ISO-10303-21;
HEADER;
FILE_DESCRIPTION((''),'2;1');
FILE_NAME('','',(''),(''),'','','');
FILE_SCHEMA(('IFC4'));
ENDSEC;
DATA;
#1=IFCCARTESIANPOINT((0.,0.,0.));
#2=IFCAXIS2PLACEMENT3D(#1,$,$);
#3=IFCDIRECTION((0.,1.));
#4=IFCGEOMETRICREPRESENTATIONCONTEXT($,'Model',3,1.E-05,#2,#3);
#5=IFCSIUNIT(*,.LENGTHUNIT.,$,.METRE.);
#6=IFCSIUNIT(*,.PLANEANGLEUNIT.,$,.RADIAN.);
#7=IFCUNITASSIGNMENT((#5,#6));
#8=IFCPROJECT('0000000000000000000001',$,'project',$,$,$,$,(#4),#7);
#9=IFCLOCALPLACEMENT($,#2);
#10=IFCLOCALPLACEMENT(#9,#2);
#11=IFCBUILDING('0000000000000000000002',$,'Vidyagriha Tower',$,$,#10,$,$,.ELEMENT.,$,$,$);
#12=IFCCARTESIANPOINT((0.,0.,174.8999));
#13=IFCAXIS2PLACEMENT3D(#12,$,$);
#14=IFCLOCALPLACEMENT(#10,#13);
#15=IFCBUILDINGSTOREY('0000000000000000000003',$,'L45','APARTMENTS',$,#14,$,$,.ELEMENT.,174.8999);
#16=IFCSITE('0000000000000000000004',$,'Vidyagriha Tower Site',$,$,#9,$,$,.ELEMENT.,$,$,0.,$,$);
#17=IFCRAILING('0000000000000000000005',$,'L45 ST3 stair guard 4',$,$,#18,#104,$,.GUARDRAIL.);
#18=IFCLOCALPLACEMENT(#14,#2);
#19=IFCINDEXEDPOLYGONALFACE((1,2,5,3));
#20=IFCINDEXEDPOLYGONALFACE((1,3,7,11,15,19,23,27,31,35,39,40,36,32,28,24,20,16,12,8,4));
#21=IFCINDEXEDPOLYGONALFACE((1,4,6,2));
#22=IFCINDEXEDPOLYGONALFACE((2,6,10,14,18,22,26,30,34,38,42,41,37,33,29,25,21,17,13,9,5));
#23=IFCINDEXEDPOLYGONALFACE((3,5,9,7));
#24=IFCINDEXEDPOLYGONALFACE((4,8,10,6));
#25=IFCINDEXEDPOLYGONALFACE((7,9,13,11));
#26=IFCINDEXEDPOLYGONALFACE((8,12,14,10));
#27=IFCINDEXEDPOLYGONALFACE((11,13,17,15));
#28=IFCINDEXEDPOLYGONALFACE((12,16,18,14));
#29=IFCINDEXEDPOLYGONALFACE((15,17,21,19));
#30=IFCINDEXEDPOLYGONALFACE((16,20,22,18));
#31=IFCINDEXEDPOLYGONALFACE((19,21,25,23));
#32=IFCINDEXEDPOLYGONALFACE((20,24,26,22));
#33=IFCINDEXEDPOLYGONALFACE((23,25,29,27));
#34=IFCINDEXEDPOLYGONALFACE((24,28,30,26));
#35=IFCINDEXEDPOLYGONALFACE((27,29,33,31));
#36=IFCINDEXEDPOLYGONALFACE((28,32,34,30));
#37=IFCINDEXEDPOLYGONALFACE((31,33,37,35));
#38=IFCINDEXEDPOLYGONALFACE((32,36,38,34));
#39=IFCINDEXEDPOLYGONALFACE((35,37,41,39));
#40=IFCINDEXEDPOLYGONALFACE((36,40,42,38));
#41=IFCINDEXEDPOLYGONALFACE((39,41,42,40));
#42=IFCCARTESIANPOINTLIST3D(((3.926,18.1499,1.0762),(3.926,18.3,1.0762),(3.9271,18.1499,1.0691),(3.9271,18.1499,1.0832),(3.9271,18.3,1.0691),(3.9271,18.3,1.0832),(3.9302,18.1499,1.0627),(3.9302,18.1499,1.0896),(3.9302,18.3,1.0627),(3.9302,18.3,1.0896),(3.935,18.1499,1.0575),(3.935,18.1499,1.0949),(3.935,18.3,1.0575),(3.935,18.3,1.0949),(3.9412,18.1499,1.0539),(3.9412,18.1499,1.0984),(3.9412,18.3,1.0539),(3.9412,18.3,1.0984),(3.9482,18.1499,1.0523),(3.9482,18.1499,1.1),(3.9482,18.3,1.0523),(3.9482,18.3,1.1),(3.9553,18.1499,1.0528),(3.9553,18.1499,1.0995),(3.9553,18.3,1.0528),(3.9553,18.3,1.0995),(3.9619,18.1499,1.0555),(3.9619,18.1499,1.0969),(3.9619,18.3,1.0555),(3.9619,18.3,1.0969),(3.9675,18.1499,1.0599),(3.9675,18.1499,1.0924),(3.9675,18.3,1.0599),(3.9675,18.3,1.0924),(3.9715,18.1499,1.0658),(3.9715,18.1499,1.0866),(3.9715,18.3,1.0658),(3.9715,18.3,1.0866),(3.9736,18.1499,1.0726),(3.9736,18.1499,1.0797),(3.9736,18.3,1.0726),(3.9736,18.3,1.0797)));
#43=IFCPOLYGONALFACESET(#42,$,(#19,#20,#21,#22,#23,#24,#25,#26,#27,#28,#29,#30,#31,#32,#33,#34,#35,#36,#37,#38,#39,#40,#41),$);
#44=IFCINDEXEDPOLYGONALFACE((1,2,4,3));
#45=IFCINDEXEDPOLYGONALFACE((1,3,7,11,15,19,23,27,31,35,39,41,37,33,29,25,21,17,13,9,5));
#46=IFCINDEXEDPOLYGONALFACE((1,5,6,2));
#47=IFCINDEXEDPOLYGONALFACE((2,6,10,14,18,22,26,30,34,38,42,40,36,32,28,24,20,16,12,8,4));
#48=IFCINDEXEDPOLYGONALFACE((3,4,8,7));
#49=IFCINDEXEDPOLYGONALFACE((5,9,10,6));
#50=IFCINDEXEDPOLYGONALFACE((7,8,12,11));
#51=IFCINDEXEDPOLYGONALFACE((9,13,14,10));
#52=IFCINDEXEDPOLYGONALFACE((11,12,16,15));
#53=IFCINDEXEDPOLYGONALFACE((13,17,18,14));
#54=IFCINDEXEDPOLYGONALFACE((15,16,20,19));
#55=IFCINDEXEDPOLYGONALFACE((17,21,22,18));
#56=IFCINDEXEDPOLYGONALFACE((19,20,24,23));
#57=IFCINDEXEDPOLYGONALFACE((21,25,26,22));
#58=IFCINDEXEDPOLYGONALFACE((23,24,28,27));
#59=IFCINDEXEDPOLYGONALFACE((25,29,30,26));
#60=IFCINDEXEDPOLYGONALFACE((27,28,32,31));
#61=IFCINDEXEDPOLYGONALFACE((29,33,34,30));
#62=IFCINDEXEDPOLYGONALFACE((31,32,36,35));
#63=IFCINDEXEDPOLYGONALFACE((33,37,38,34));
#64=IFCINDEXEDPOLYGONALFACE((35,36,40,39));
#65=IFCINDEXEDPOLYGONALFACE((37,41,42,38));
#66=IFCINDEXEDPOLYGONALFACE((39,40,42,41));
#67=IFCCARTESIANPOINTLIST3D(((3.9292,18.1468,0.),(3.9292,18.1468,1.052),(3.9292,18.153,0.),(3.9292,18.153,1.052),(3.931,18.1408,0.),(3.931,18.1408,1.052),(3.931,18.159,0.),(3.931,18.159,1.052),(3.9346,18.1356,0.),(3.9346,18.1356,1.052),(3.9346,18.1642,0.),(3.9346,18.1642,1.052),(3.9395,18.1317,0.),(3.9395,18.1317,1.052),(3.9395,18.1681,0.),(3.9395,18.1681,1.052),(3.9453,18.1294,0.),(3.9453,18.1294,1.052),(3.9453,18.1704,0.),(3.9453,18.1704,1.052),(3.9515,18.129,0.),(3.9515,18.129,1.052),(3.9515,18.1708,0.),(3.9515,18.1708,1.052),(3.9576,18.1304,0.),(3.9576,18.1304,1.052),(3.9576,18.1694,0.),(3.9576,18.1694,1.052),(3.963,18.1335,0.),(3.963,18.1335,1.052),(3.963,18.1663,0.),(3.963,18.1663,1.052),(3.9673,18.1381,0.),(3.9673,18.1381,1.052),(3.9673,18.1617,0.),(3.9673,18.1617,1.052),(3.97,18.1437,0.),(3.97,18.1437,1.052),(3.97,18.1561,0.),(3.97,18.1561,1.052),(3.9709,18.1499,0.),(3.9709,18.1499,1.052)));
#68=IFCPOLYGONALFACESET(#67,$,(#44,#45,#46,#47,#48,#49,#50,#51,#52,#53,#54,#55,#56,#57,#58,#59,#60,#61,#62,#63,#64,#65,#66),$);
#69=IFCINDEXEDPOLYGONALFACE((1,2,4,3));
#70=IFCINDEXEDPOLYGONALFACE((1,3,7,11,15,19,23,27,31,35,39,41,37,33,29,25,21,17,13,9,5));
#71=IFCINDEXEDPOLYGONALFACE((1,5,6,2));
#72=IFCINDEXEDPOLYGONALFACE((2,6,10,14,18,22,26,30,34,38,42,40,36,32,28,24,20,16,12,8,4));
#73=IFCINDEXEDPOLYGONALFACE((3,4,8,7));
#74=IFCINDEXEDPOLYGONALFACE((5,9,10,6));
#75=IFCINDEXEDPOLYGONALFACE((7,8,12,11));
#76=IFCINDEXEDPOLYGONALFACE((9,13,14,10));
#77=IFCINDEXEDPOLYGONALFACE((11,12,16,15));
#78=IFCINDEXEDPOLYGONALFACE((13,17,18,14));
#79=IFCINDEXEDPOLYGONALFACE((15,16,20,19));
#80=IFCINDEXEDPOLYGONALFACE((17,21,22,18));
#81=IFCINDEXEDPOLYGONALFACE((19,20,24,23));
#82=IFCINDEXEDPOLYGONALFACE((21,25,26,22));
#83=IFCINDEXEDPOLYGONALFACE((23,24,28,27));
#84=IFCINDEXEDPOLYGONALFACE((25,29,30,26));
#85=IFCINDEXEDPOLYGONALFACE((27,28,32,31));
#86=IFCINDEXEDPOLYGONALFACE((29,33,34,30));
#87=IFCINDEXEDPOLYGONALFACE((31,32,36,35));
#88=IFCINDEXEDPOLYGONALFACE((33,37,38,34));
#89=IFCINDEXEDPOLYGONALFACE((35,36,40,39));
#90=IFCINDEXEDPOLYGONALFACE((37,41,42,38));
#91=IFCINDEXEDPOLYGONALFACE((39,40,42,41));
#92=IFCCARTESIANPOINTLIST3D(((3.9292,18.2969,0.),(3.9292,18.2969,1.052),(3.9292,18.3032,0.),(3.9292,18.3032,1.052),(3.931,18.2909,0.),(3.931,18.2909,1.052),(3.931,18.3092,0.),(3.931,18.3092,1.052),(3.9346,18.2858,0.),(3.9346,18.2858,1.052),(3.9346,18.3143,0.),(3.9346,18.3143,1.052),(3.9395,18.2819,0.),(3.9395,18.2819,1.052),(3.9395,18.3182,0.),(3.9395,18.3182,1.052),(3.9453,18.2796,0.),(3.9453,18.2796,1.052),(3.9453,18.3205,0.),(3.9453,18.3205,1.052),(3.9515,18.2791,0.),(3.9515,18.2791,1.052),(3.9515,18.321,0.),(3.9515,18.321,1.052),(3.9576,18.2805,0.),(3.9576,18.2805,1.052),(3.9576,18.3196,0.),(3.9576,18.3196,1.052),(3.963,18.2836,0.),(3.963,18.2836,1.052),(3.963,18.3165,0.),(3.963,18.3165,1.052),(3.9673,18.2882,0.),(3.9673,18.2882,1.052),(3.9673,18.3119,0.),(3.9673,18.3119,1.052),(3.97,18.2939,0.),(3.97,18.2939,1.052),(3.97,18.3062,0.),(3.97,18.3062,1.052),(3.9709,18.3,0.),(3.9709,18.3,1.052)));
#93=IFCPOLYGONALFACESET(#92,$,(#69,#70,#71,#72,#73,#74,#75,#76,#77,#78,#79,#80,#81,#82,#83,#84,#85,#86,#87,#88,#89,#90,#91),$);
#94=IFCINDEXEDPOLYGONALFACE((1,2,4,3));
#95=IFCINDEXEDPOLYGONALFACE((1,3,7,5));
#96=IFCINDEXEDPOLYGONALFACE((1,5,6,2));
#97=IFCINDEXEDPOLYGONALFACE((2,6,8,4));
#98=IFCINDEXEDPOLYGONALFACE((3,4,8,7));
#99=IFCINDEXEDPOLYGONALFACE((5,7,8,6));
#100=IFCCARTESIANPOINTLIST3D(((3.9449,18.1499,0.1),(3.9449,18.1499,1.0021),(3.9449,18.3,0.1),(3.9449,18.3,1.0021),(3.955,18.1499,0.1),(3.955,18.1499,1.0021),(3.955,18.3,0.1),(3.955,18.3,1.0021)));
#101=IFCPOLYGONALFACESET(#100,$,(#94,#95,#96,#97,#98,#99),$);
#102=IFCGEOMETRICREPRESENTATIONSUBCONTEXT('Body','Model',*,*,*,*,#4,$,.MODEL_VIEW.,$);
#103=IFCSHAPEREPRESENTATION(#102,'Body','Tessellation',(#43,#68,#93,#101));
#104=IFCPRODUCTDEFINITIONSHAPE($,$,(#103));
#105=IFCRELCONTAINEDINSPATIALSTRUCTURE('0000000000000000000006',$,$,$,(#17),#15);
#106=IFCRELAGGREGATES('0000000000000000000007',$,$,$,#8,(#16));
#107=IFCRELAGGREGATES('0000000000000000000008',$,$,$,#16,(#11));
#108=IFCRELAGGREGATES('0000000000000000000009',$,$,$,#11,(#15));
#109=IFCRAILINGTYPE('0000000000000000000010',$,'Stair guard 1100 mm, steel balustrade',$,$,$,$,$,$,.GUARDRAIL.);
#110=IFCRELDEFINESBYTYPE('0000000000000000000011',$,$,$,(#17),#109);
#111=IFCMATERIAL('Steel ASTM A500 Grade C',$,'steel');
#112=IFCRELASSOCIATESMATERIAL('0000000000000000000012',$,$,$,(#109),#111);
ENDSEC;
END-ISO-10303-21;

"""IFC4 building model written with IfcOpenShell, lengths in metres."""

from ifc_helpers import new_model, si_unit, direction, frame, origin, origin_2d, place, context, subcontext, project, spatial, rectangle, circle, extrude, material, type_object, element, save


model = new_model("IFC4")

# Units and contexts
model_context = context("Model", 3, precision=1e-05, world=origin(), true_north=direction((0.0, 1.0)))
body_context = subcontext(model_context, "Body", "Model", "MODEL_VIEW")
ifc_project = project(units=[si_unit("LENGTHUNIT", "METRE"), si_unit("PLANEANGLEUNIT", "RADIAN")], contexts=[model_context])

# Site, building, storey
site_placement = place(None, origin())
site = spatial("IfcSite", under=ifc_project, at=site_placement, Name="Vidyagriha Tower Site", CompositionType="ELEMENT", RefElevation=0.0)
building_placement = place(site_placement, origin())
building = spatial("IfcBuilding", under=site, at=building_placement, Name="Vidyagriha Tower", CompositionType="ELEMENT")
storey_placement = place(building_placement, frame((0.0, 0.0, 174.8999)))
storey = spatial("IfcBuildingStorey", under=building, at=storey_placement, Name="L45", Description="APARTMENTS", CompositionType="ELEMENT", Elevation=174.8999)

# Railing
ifc_material_1 = material(Name="Steel ASTM A500 Grade C", Category="steel")
railing_type_1 = type_object("IfcRailingType", Name="Stair guard 1100 mm, steel balustrade", PredefinedType="GUARDRAIL", material=ifc_material_1)
railing_1_placement = place(storey_placement, frame((3.95, 18.1499, 0.0)))
element("IfcRailing", 1, at=railing_1_placement, inside=storey, type_object=railing_type_1, Name="L45 ST3 stair guard 4", PredefinedType="GUARDRAIL", context=body_context, shape_type="SweptSolid", body=[
    extrude(circle(Radius=0.0239, at=origin_2d()), frame((0.0, 0.0, 1.0762), z_axis=(0.0, 1.0, 0.0), x_axis=(-1.0, 0.0, 0.0)), (0.0, 0.0, 1.0), 0.1501),
    extrude(circle(Radius=0.021, at=origin_2d()), origin(), (0.0, 0.0, 1.0), 1.052),
    extrude(circle(Radius=0.021, at=origin_2d()), frame((0.0, 0.1501, 0.0)), (0.0, 0.0, 1.0), 1.052),
    extrude(rectangle(XDim=0.01, YDim=0.9021, at=origin_2d()), frame((0.0, 0.0, 0.551), z_axis=(0.0, 1.0, 0.0), x_axis=(-1.0, 0.0, 0.0)), (0.0, 0.0, 1.0), 0.1501),
])

save(model, "model.ifc")
